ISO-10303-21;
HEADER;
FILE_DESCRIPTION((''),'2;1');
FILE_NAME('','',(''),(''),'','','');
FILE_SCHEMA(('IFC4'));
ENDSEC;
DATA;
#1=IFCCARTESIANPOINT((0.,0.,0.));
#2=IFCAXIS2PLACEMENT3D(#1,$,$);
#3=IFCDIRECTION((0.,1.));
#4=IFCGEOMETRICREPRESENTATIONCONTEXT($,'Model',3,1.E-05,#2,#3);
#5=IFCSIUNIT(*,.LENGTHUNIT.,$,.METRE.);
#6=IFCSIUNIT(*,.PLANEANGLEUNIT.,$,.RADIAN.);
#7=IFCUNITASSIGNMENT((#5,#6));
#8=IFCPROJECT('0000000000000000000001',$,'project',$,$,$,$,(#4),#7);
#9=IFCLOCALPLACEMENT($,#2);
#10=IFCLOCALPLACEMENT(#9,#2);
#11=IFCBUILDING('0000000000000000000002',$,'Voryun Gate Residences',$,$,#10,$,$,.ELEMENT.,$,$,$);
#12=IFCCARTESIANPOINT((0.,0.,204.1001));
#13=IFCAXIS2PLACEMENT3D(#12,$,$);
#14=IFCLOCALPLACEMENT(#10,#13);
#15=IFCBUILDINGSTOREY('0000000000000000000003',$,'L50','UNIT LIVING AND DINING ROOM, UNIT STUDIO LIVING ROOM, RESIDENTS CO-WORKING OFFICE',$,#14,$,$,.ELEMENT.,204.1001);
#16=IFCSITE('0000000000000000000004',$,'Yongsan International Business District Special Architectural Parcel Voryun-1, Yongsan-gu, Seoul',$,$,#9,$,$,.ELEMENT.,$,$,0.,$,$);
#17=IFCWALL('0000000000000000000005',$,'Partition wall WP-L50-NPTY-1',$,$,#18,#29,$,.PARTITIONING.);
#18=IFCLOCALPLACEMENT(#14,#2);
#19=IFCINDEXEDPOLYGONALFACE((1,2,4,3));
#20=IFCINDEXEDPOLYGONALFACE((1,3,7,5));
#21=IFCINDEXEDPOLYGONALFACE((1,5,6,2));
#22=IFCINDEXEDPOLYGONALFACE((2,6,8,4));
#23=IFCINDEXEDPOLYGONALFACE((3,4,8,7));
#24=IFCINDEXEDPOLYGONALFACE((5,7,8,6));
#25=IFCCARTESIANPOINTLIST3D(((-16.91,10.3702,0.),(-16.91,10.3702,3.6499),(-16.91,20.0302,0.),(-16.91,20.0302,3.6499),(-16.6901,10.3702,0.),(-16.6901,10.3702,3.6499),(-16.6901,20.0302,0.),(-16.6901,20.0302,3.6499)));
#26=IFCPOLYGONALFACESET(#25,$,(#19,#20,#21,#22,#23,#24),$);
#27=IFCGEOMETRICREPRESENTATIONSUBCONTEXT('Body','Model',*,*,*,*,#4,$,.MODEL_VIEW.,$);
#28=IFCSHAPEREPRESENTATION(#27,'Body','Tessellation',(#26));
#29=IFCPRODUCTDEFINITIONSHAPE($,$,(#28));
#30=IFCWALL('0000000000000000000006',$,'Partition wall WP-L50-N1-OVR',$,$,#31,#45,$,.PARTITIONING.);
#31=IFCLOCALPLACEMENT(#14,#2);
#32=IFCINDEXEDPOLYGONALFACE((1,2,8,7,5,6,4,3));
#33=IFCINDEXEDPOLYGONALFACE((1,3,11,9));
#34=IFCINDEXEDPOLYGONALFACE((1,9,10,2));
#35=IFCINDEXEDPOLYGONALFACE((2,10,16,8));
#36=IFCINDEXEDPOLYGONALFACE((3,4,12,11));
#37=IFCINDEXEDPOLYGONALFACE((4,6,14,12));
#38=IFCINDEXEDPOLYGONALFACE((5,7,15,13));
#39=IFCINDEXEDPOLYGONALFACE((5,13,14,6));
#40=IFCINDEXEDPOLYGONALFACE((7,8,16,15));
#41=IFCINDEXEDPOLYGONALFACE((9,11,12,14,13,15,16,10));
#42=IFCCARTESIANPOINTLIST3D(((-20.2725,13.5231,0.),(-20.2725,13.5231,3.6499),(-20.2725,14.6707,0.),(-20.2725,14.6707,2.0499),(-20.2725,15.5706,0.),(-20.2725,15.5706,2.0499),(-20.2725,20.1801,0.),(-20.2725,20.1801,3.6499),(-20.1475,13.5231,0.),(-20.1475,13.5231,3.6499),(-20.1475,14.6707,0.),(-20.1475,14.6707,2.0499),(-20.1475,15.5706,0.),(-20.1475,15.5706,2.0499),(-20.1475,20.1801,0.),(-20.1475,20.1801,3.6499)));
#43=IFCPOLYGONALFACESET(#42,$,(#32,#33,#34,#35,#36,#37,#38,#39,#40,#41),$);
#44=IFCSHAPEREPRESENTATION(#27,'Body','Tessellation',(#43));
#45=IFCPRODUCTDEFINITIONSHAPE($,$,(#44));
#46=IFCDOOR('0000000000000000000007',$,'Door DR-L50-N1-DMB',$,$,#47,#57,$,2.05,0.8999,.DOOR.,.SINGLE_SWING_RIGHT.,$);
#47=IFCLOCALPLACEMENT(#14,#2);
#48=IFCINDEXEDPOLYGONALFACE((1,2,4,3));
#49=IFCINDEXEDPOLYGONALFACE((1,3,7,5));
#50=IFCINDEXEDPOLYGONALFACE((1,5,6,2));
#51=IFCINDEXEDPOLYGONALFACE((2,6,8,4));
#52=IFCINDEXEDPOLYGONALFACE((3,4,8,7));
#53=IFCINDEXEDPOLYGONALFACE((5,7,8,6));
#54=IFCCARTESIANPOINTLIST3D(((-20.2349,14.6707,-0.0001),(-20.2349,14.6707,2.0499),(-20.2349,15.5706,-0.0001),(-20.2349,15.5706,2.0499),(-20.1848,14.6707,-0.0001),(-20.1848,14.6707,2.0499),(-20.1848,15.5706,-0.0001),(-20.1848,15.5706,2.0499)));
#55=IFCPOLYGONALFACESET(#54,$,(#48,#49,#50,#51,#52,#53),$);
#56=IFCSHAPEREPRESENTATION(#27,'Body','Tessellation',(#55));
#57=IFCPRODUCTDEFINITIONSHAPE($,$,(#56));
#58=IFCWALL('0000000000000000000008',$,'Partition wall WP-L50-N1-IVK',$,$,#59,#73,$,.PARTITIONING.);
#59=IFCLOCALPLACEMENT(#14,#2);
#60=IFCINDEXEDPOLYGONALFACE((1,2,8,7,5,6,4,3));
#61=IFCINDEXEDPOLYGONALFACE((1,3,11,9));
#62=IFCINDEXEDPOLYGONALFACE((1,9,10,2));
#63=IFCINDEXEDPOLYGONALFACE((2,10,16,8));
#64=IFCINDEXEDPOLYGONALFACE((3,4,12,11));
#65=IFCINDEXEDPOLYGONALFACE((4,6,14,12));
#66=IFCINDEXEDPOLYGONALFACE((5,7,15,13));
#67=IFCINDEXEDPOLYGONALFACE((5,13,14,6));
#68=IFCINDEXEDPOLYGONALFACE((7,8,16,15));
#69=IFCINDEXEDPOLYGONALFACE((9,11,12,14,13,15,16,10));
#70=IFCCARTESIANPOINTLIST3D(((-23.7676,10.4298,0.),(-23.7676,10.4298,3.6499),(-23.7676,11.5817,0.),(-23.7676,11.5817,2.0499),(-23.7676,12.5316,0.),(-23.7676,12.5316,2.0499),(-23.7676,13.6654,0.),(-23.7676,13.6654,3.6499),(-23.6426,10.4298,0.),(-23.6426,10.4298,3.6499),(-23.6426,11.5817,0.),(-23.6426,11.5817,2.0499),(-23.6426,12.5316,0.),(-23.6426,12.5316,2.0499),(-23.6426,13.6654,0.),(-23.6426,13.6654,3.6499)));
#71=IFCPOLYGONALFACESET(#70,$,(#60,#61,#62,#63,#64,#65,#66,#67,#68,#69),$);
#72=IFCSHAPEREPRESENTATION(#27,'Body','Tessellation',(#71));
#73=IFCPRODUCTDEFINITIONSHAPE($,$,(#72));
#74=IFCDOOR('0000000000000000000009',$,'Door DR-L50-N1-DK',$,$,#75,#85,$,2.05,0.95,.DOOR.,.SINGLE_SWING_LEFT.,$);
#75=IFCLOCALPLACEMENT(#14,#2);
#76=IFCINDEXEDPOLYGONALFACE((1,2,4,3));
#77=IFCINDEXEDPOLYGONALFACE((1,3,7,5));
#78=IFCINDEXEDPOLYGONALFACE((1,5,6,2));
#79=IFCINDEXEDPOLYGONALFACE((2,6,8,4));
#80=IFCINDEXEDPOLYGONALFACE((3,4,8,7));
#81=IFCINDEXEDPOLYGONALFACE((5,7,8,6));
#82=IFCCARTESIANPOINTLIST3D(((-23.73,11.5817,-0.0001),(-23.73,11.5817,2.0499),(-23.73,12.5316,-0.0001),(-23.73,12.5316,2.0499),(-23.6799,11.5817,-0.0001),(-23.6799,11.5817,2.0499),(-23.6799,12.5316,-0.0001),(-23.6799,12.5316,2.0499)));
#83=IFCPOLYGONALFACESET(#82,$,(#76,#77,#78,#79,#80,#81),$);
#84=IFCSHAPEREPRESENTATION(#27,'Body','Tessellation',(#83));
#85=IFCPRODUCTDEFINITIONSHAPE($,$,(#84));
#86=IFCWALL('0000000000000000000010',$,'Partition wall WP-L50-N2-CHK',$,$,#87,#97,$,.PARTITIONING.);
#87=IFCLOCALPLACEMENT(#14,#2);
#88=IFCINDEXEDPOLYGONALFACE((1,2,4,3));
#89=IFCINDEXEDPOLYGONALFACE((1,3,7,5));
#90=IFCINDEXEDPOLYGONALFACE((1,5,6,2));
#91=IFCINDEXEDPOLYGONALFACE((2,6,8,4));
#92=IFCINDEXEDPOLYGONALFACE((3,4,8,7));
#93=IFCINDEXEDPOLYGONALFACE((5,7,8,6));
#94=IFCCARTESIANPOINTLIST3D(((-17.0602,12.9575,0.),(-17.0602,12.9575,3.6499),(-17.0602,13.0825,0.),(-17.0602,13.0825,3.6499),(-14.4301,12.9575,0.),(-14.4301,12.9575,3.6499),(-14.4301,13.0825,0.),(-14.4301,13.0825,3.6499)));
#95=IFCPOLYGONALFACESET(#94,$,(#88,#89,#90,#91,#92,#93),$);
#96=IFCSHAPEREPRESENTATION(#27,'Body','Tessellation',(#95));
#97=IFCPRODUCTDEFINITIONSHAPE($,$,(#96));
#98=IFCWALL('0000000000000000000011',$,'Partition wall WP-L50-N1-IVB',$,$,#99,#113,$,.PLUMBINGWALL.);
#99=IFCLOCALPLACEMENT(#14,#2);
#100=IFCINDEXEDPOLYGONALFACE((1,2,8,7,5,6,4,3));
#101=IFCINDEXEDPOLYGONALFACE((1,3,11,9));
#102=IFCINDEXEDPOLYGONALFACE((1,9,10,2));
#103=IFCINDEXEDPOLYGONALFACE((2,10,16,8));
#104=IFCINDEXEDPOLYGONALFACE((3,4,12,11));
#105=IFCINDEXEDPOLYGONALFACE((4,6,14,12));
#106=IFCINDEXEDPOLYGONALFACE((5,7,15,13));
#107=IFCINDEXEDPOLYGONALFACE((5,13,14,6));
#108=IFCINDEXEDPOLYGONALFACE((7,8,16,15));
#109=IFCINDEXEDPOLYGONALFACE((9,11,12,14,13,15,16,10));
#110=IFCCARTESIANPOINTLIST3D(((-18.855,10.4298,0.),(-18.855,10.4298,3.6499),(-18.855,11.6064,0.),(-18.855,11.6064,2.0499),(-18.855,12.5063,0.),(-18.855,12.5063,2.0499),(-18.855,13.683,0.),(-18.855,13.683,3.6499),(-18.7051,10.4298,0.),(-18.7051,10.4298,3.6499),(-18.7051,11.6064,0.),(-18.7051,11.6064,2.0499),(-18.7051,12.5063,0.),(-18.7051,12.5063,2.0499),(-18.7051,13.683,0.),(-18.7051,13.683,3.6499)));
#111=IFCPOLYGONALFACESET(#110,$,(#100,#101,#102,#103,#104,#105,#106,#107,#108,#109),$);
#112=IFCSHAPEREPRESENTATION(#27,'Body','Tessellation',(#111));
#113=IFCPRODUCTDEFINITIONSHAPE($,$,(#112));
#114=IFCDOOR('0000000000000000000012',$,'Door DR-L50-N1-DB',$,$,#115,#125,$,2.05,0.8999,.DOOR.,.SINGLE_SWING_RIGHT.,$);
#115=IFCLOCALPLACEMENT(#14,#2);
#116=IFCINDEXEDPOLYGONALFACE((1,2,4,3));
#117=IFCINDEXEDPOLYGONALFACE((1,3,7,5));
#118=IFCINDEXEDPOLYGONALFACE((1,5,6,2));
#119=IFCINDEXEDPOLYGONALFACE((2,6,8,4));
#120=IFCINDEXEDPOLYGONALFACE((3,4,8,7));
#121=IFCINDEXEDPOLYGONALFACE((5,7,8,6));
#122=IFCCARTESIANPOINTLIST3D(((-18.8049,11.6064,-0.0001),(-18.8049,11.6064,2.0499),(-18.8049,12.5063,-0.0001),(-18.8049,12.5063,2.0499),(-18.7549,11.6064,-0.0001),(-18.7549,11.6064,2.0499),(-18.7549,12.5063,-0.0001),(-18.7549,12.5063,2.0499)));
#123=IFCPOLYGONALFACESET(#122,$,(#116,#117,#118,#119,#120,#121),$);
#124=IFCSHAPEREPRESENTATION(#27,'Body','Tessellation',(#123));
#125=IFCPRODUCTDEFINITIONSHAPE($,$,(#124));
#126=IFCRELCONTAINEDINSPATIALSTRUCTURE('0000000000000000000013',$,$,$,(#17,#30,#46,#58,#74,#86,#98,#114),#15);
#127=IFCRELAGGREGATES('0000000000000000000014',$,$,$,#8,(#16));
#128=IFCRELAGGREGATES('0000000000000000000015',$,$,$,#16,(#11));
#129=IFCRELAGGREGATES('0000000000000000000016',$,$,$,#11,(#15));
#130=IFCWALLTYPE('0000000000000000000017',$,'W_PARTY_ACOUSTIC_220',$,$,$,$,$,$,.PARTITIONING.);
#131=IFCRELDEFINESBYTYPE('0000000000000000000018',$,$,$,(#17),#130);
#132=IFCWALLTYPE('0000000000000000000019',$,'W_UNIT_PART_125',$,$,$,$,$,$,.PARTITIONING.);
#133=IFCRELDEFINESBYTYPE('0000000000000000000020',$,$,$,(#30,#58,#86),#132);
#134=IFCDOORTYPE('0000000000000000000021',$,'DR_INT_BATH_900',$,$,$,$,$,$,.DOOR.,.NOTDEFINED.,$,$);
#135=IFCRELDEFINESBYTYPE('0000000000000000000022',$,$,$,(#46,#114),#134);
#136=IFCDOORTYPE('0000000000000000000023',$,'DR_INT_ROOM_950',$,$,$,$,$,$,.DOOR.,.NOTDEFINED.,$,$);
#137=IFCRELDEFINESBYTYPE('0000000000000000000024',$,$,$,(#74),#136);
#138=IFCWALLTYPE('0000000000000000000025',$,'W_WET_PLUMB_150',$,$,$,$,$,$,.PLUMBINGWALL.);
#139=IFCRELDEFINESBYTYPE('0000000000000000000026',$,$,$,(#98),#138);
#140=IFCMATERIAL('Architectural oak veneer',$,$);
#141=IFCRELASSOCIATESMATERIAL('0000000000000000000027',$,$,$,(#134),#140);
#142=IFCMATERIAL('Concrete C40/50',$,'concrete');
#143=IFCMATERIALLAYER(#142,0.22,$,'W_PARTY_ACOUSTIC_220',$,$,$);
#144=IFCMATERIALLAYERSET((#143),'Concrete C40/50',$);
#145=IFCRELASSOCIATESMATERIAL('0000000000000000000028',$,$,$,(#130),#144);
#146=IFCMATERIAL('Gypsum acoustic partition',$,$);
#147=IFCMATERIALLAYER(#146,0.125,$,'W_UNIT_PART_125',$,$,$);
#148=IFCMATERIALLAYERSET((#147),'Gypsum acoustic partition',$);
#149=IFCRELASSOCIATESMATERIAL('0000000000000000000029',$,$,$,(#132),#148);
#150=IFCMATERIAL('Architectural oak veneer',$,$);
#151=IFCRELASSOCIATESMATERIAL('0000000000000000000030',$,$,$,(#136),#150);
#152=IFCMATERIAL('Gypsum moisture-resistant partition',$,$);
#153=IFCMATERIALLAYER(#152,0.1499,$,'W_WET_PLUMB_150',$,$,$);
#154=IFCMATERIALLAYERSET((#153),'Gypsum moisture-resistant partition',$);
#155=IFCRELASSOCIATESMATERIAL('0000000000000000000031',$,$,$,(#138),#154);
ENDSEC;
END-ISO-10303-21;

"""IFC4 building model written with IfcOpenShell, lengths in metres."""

from ifc_helpers import new_model, si_unit, direction, frame, frame_2d, origin, place, context, subcontext, project, spatial, rectangle, extrude, material, layer, layer_set, type_object, element, fill, save


model = new_model("IFC4")

# Units and contexts
model_context = context("Model", 3, precision=1e-05, world=origin(), true_north=direction((0.0, 1.0)))
body_context = subcontext(model_context, "Body", "Model", "MODEL_VIEW")
ifc_project = project(units=[si_unit("LENGTHUNIT", "METRE"), si_unit("PLANEANGLEUNIT", "RADIAN")], contexts=[model_context])

# Site, building, storey
site_placement = place(None, origin())
site = spatial("IfcSite", under=ifc_project, at=site_placement, Name="Yongsan International Business District Special Architectural Parcel Voryun-1, Yongsan-gu, Seoul", CompositionType="ELEMENT", RefElevation=0.0)
building_placement = place(site_placement, origin())
building = spatial("IfcBuilding", under=site, at=building_placement, Name="Voryun Gate Residences", CompositionType="ELEMENT")
storey_placement = place(building_placement, frame((0.0, 0.0, 204.1001)))
storey = spatial("IfcBuildingStorey", under=building, at=storey_placement, Name="L50", Description="UNIT LIVING AND DINING ROOM, UNIT STUDIO LIVING ROOM, RESIDENTS CO-WORKING OFFICE", CompositionType="ELEMENT", Elevation=204.1001)

# Shared definitions
ifc_material_1 = material(Name="Architectural oak veneer")
door_type_1 = type_object("IfcDoorType", Name="DR_INT_BATH_900", OperationType="NOTDEFINED", PredefinedType="DOOR", material=ifc_material_1)

# Wall
ifc_material_2 = material(Name="Concrete C40/50", Category="concrete")
ifc_layer_1 = layer(ifc_material_2, 0.22, Name="W_PARTY_ACOUSTIC_220")
ifc_layer_set_1 = layer_set([ifc_layer_1], Name="Concrete C40/50")
wall_type_1 = type_object("IfcWallType", Name="W_PARTY_ACOUSTIC_220", PredefinedType="PARTITIONING", material=ifc_layer_set_1)
wall_1_placement = place(storey_placement, frame((-16.8, 10.3701, 0.0), z_axis=(0.0, 0.0, 1.0), x_axis=(0.0, 1.0, 0.0)))
element("IfcWall", 1, at=wall_1_placement, inside=storey, type_object=wall_type_1, Name="Partition wall WP-L50-NPTY-1", PredefinedType="PARTITIONING", context=body_context, shape_type="SweptSolid", body=[
    extrude(rectangle(XDim=9.6599, YDim=0.22, at=frame_2d((4.8301, 0.0))), origin(), (0.0, 0.0, 1.0), 3.6499),
])

# Walls, openings, doors
ifc_material_3 = material(Name="Gypsum acoustic partition")
ifc_layer_2 = layer(ifc_material_3, 0.125, Name="W_UNIT_PART_125")
ifc_layer_set_2 = layer_set([ifc_layer_2], Name="Gypsum acoustic partition")
wall_type_2 = type_object("IfcWallType", Name="W_UNIT_PART_125", PredefinedType="PARTITIONING", material=ifc_layer_set_2)
wall_2_placement = place(storey_placement, frame((-20.21, 13.5229, 0.0), z_axis=(0.0, 0.0, 1.0), x_axis=(0.0, 1.0, 0.0)))
wall_2 = element("IfcWall", 2, at=wall_2_placement, inside=storey, type_object=wall_type_2, Name="Partition wall WP-L50-N1-OVR", PredefinedType="PARTITIONING", context=body_context, shape_type="SweptSolid", body=[
    extrude(rectangle(XDim=6.657, YDim=0.125, at=frame_2d((3.3286, 0.0))), origin(), (0.0, 0.0, 1.0), 3.6499),
])
opening_1_placement = place(wall_2_placement, frame((1.1477, 0.0, 0.0)))
opening_1 = element("IfcOpeningElement", 3, at=opening_1_placement, cuts=wall_2, PredefinedType="OPENING", context=body_context, shape_type="SweptSolid", body=[
    extrude(rectangle(XDim=0.8999, YDim=2.05, at=frame_2d((0.45, 1.0249))), frame((0.0, 0.0725, 0.0), z_axis=(0.0, -1.0, 0.0), x_axis=(1.0, 0.0, 0.0)), (0.0, 0.0, 1.0), 0.145),
])
door_1_placement = place(opening_1_placement, origin())
door_1 = element("IfcDoor", 4, at=door_1_placement, inside=storey, type_object=door_type_1, Name="Door DR-L50-N1-DMB", OperationType="SINGLE_SWING_RIGHT", OverallHeight=2.05, OverallWidth=0.8999, PredefinedType="DOOR", context=body_context, shape_type="SweptSolid", body=[
    extrude(rectangle(XDim=0.8999, YDim=2.05, at=frame_2d((0.45, 1.0249))), frame((0.0, 0.0249, 0.0), z_axis=(0.0, -1.0, 0.0), x_axis=(1.0, 0.0, 0.0)), (0.0, 0.0, 1.0), 0.05),
])
fill(opening_1, door_1)
wall_3_placement = place(storey_placement, frame((-23.7051, 10.4299, 0.0), z_axis=(0.0, 0.0, 1.0), x_axis=(0.0, 1.0, 0.0)))
wall_3 = element("IfcWall", 5, at=wall_3_placement, inside=storey, type_object=wall_type_2, Name="Partition wall WP-L50-N1-IVK", PredefinedType="PARTITIONING", context=body_context, shape_type="SweptSolid", body=[
    extrude(rectangle(XDim=3.2356, YDim=0.125, at=frame_2d((1.6177, 0.0))), origin(), (0.0, 0.0, 1.0), 3.6499),
])
opening_2_placement = place(wall_3_placement, frame((1.1516, 0.0, 0.0)))
opening_2 = element("IfcOpeningElement", 6, at=opening_2_placement, cuts=wall_3, PredefinedType="OPENING", context=body_context, shape_type="SweptSolid", body=[
    extrude(rectangle(XDim=0.95, YDim=2.05, at=frame_2d((0.4751, 1.0249))), frame((0.0, 0.0725, 0.0), z_axis=(0.0, -1.0, 0.0), x_axis=(1.0, 0.0, 0.0)), (0.0, 0.0, 1.0), 0.145),
])
ifc_material_4 = material(Name="Architectural oak veneer")
door_type_2 = type_object("IfcDoorType", Name="DR_INT_ROOM_950", OperationType="NOTDEFINED", PredefinedType="DOOR", material=ifc_material_4)
door_2_placement = place(opening_2_placement, origin())
door_2 = element("IfcDoor", 7, at=door_2_placement, inside=storey, type_object=door_type_2, Name="Door DR-L50-N1-DK", OperationType="SINGLE_SWING_LEFT", OverallHeight=2.05, OverallWidth=0.95, PredefinedType="DOOR", context=body_context, shape_type="SweptSolid", body=[
    extrude(rectangle(XDim=0.95, YDim=2.05, at=frame_2d((0.4751, 1.0249))), frame((0.0, 0.0249, 0.0), z_axis=(0.0, -1.0, 0.0), x_axis=(1.0, 0.0, 0.0)), (0.0, 0.0, 1.0), 0.05),
])
fill(opening_2, door_2)

# Wall
wall_4_placement = place(storey_placement, frame((-17.0601, 13.02, 0.0), z_axis=(0.0, 0.0, 1.0), x_axis=(1.0, 0.0, 0.0)))
element("IfcWall", 8, at=wall_4_placement, inside=storey, type_object=wall_type_2, Name="Partition wall WP-L50-N2-CHK", PredefinedType="PARTITIONING", context=body_context, shape_type="SweptSolid", body=[
    extrude(rectangle(XDim=2.6301, YDim=0.125, at=frame_2d((1.3149, 0.0))), origin(), (0.0, 0.0, 1.0), 3.6499),
])

# Wall, opening, door
ifc_material_5 = material(Name="Gypsum moisture-resistant partition")
ifc_layer_3 = layer(ifc_material_5, 0.1499, Name="W_WET_PLUMB_150")
ifc_layer_set_3 = layer_set([ifc_layer_3], Name="Gypsum moisture-resistant partition")
wall_type_3 = type_object("IfcWallType", Name="W_WET_PLUMB_150", PredefinedType="PLUMBINGWALL", material=ifc_layer_set_3)
wall_5_placement = place(storey_placement, frame((-18.78, 10.4299, 0.0), z_axis=(0.0, 0.0, 1.0), x_axis=(0.0, 1.0, 0.0)))
wall_5 = element("IfcWall", 9, at=wall_5_placement, inside=storey, type_object=wall_type_3, Name="Partition wall WP-L50-N1-IVB", PredefinedType="PLUMBINGWALL", context=body_context, shape_type="SweptSolid", body=[
    extrude(rectangle(XDim=3.2532, YDim=0.1499, at=frame_2d((1.6265, 0.0))), origin(), (0.0, 0.0, 1.0), 3.6499),
])
opening_3_placement = place(wall_5_placement, frame((1.1765, 0.0, 0.0)))
opening_3 = element("IfcOpeningElement", 10, at=opening_3_placement, cuts=wall_5, PredefinedType="OPENING", context=body_context, shape_type="SweptSolid", body=[
    extrude(rectangle(XDim=0.8999, YDim=2.05, at=frame_2d((0.45, 1.0249))), frame((0.0, 0.085, 0.0), z_axis=(0.0, -1.0, 0.0), x_axis=(1.0, 0.0, 0.0)), (0.0, 0.0, 1.0), 0.1699),
])
door_3_placement = place(opening_3_placement, origin())
door_3 = element("IfcDoor", 11, at=door_3_placement, inside=storey, type_object=door_type_1, Name="Door DR-L50-N1-DB", OperationType="SINGLE_SWING_RIGHT", OverallHeight=2.05, OverallWidth=0.8999, PredefinedType="DOOR", context=body_context, shape_type="SweptSolid", body=[
    extrude(rectangle(XDim=0.8999, YDim=2.05, at=frame_2d((0.45, 1.0249))), frame((0.0, 0.0249, 0.0), z_axis=(0.0, -1.0, 0.0), x_axis=(1.0, 0.0, 0.0)), (0.0, 0.0, 1.0), 0.05),
])
fill(opening_3, door_3)

save(model, "model.ifc")
